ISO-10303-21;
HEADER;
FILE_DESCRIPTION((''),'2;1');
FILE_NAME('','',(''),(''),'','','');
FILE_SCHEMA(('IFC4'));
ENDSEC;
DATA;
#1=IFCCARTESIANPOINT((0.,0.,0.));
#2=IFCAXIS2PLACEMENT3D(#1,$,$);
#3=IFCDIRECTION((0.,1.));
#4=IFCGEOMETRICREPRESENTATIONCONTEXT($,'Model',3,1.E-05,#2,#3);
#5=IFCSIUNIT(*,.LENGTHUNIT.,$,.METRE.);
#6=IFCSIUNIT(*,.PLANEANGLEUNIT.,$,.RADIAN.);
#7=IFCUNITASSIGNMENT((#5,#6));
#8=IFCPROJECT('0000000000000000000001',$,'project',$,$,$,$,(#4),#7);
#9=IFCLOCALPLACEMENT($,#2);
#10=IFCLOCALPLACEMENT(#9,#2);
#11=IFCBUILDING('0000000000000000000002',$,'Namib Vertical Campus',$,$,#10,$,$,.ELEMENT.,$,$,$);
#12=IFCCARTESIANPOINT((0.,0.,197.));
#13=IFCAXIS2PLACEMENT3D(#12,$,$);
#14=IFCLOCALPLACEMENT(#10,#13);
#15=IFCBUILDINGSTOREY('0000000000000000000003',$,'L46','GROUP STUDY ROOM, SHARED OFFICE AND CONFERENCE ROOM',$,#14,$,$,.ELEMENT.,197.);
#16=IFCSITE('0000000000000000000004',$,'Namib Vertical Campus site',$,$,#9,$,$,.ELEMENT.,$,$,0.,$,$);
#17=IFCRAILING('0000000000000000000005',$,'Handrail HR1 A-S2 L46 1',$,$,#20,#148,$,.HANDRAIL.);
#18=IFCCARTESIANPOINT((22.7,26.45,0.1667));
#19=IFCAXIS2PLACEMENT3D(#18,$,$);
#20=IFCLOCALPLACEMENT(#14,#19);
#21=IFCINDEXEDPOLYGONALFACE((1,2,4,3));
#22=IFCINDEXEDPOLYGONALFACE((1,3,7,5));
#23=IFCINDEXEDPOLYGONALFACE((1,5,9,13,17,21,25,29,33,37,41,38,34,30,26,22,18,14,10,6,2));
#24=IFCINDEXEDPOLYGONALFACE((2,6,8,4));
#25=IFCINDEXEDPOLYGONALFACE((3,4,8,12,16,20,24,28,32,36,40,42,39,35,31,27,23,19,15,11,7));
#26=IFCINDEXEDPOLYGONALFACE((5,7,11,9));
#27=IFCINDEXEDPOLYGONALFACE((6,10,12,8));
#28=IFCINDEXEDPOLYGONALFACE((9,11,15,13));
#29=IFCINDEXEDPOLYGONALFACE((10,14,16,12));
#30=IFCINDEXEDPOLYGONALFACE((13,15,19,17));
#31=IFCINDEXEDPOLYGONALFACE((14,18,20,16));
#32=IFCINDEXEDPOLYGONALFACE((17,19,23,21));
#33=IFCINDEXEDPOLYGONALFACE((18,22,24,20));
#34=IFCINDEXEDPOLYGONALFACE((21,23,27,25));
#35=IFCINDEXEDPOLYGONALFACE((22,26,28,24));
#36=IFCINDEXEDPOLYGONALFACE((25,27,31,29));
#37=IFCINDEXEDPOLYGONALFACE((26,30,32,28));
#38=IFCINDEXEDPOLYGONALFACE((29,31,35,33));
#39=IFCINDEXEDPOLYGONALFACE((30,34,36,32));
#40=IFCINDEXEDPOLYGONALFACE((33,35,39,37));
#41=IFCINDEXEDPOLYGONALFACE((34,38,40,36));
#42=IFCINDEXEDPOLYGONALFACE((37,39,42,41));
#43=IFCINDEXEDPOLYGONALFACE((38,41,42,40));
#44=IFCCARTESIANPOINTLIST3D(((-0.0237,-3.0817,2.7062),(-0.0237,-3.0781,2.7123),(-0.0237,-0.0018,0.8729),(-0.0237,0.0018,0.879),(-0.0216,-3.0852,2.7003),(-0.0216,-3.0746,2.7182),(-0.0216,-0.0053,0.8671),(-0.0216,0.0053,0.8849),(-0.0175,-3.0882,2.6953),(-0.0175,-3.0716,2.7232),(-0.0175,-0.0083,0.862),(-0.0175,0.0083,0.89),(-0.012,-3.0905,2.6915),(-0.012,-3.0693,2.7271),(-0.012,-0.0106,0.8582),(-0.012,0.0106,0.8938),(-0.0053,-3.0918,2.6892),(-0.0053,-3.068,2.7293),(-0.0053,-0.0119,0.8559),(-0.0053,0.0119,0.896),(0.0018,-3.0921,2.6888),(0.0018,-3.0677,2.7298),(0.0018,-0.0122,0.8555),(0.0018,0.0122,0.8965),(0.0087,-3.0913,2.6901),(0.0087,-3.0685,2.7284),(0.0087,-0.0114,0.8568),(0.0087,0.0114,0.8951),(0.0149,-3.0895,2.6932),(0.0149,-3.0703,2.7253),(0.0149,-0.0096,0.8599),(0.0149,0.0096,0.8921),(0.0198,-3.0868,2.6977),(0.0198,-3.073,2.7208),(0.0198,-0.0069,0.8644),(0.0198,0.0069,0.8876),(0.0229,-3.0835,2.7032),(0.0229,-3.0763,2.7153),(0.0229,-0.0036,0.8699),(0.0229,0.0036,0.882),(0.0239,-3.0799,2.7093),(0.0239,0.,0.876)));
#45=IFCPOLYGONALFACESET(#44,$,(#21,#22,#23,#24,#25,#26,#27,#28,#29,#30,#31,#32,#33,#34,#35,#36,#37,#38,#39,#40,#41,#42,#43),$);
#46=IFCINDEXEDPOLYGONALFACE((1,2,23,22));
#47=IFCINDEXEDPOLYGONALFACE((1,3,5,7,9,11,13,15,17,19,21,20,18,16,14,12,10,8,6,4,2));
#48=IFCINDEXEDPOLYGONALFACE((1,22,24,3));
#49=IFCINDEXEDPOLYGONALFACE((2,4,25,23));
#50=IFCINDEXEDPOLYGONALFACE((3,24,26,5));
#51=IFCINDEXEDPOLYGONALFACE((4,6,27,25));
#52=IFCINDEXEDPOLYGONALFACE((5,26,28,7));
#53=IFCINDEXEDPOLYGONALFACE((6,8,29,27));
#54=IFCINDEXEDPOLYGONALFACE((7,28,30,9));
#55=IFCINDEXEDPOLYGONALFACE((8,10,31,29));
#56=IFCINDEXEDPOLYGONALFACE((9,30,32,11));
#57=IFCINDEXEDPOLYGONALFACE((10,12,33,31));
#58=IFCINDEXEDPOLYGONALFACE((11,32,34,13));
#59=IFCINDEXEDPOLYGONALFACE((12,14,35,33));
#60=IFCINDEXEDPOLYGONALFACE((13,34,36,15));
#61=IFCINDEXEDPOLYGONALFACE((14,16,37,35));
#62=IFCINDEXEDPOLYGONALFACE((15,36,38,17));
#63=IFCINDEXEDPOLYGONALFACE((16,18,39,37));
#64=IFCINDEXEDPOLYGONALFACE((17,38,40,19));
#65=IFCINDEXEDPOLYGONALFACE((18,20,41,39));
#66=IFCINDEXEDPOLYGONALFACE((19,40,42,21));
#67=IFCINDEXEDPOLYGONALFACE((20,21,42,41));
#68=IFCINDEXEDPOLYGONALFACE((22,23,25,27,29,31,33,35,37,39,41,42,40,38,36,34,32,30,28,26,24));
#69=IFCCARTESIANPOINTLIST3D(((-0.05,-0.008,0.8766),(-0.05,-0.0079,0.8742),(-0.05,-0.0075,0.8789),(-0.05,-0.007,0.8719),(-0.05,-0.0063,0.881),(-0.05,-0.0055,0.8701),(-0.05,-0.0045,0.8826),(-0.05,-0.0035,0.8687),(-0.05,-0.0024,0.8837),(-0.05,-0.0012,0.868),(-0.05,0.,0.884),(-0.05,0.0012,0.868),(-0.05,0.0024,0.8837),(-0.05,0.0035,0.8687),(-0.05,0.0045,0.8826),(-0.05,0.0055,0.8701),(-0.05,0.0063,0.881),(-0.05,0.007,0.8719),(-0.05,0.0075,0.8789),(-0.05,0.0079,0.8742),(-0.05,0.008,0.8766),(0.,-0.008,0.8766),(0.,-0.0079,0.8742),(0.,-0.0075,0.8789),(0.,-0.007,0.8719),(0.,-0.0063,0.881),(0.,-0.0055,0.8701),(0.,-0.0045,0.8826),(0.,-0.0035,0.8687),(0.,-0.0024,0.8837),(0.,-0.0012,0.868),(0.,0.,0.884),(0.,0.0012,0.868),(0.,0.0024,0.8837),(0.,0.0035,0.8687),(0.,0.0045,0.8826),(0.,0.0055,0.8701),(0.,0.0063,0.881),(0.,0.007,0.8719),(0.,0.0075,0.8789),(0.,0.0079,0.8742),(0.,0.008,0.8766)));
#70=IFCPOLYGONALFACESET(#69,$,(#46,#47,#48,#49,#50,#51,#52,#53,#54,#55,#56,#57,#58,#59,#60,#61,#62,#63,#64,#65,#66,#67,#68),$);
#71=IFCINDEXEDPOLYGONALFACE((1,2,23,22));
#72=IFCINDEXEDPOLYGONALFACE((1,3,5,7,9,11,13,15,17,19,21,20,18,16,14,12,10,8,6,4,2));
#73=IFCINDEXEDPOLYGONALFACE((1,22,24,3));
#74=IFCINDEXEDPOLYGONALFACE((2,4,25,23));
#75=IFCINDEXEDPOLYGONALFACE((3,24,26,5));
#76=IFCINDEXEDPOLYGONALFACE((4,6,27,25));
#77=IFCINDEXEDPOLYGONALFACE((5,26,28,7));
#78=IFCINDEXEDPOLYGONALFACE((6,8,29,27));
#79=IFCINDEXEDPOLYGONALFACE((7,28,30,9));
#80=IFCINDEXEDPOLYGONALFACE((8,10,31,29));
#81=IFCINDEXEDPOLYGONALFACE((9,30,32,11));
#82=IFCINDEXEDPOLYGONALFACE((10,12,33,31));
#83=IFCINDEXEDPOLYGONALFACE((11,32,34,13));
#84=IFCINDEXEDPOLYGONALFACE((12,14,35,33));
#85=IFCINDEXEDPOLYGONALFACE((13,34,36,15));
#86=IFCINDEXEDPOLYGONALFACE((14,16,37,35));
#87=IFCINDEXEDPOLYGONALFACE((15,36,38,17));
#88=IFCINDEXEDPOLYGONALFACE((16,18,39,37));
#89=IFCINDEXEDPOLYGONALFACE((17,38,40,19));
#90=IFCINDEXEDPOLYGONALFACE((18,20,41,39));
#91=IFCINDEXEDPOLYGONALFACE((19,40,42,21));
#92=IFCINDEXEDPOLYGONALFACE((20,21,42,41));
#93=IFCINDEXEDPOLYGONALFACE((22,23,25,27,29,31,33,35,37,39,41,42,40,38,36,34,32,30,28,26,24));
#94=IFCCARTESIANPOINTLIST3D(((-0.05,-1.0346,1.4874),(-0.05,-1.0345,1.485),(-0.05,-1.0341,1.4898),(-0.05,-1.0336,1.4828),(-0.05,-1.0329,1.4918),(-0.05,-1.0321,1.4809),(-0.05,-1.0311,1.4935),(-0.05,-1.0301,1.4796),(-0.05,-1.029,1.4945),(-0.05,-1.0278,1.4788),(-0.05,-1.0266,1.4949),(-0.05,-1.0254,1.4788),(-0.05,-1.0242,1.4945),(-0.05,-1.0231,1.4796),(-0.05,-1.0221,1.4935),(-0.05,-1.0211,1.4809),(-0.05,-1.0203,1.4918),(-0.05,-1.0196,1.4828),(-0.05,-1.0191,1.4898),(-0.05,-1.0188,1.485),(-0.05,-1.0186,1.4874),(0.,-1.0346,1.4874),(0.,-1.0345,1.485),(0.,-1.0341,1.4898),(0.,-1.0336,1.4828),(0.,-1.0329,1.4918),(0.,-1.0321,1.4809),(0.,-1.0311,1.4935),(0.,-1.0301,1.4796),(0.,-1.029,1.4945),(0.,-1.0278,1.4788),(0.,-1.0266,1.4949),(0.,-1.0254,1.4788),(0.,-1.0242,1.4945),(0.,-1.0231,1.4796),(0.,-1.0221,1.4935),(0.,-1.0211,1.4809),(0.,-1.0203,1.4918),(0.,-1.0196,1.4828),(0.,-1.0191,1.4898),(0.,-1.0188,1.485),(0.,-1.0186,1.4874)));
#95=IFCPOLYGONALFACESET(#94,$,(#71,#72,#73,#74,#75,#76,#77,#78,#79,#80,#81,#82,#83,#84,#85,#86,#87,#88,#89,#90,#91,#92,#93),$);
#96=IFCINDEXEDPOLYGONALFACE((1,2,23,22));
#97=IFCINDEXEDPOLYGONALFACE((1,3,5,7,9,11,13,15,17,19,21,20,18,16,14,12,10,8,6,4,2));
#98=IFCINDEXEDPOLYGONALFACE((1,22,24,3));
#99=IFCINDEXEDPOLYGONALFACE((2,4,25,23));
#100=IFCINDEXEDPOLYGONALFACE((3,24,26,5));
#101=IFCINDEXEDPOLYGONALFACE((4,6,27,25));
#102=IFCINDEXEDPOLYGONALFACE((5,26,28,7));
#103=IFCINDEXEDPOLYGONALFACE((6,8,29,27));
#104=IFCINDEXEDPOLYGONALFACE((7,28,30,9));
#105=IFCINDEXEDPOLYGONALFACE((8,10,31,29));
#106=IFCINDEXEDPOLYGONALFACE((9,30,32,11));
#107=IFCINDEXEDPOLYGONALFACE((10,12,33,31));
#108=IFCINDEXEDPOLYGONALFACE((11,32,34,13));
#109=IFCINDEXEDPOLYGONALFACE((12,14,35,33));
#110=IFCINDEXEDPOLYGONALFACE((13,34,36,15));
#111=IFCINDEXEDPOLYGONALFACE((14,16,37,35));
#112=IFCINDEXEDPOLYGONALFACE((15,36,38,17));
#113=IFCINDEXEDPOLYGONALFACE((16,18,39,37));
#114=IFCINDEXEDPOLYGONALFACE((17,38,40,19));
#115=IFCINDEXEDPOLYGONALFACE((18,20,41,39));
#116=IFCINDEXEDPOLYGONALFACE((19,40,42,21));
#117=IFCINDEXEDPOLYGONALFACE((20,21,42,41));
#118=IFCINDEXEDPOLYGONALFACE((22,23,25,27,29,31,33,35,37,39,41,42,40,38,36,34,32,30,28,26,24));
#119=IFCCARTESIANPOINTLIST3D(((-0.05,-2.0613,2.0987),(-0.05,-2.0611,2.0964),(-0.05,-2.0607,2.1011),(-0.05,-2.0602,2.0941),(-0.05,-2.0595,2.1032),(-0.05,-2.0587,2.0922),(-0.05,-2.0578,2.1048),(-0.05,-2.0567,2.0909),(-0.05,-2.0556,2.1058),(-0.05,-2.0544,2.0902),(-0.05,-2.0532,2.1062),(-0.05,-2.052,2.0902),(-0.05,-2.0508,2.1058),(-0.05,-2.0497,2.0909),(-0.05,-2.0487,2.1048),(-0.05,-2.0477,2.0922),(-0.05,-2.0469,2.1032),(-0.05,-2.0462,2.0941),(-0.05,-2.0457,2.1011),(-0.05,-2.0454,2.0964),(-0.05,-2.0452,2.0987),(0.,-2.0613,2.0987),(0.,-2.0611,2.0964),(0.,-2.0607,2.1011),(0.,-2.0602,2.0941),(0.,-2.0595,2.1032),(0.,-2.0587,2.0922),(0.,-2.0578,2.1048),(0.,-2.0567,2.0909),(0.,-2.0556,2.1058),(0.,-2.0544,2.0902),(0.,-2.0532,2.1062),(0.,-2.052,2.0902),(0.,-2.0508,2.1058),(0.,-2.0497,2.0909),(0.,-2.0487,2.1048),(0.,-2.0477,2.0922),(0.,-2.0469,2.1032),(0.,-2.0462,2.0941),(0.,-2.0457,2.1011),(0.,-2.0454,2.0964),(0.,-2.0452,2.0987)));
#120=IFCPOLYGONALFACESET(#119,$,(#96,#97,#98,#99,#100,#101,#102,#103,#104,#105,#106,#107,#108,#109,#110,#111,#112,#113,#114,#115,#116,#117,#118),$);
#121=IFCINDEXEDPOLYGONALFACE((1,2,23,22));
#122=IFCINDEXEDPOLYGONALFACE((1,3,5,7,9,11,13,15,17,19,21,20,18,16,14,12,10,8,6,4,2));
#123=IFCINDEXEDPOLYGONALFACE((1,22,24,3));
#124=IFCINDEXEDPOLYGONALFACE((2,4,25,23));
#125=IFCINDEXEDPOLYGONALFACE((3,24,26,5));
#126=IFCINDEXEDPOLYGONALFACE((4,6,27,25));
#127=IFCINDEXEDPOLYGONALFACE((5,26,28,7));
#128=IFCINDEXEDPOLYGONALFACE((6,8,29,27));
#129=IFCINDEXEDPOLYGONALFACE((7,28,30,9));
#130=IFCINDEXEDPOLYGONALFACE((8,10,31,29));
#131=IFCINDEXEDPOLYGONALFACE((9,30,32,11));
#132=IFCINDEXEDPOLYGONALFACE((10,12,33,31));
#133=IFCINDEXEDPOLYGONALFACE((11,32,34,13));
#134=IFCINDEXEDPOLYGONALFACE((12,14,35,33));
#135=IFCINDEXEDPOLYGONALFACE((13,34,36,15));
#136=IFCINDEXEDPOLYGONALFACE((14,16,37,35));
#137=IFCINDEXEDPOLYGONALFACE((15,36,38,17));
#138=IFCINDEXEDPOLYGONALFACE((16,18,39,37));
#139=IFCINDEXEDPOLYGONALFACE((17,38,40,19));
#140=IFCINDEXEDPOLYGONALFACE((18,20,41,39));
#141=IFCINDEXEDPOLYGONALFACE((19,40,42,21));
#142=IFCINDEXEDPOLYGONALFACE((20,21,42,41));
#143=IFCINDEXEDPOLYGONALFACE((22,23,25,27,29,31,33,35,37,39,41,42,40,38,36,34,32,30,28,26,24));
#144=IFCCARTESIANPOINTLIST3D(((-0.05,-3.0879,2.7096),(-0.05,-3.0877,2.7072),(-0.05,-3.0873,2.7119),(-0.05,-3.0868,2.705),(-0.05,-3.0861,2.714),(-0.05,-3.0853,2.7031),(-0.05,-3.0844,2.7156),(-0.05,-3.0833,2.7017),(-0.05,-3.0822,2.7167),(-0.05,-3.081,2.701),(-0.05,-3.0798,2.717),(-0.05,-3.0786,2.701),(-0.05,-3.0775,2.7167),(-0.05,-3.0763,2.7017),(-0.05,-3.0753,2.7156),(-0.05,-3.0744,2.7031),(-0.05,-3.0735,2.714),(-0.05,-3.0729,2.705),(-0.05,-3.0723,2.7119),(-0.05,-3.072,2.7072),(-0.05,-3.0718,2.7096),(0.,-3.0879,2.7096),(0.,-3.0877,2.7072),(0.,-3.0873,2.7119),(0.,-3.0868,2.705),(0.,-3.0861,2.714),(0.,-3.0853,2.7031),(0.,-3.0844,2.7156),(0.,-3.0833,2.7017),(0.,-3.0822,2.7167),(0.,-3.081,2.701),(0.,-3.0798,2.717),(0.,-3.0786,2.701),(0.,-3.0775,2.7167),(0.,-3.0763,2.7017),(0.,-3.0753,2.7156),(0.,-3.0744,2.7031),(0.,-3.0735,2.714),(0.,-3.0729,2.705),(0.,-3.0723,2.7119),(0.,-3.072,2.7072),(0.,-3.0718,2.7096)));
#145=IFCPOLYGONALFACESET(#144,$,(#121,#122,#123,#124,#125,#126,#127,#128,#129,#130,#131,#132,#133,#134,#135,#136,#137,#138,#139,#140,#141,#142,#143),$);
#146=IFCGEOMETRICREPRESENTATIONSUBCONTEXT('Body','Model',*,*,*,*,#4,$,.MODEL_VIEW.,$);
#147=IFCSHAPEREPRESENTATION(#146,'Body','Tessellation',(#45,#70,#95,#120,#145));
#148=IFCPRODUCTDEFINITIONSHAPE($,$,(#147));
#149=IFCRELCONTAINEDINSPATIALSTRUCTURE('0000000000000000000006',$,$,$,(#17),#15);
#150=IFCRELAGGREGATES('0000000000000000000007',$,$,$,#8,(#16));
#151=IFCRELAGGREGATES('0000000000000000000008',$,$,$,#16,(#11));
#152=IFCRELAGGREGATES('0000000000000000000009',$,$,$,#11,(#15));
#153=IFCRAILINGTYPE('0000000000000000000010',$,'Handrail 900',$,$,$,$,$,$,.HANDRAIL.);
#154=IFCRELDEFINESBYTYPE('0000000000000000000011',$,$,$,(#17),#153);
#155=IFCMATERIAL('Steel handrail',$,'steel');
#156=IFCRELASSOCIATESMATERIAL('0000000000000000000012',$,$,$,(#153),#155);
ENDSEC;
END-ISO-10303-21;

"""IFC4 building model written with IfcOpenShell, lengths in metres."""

from ifc_helpers import new_model, si_unit, direction, frame, origin, origin_2d, place, context, subcontext, project, spatial, circle, extrude, material, type_object, element, save


model = new_model("IFC4")

# Units and contexts
model_context = context("Model", 3, precision=1e-05, world=origin(), true_north=direction((0.0, 1.0)))
body_context = subcontext(model_context, "Body", "Model", "MODEL_VIEW")
ifc_project = project(units=[si_unit("LENGTHUNIT", "METRE"), si_unit("PLANEANGLEUNIT", "RADIAN")], contexts=[model_context])

# Site, building, storey
site_placement = place(None, origin())
site = spatial("IfcSite", under=ifc_project, at=site_placement, Name="Namib Vertical Campus site", CompositionType="ELEMENT", RefElevation=0.0)
building_placement = place(site_placement, origin())
building = spatial("IfcBuilding", under=site, at=building_placement, Name="Namib Vertical Campus", CompositionType="ELEMENT")
storey_placement = place(building_placement, frame((0.0, 0.0, 197.0)))
storey = spatial("IfcBuildingStorey", under=building, at=storey_placement, Name="L46", Description="GROUP STUDY ROOM, SHARED OFFICE AND CONFERENCE ROOM", CompositionType="ELEMENT", Elevation=197.0)

# Railing
ifc_material_1 = material(Name="Steel handrail", Category="steel")
railing_type_1 = type_object("IfcRailingType", Name="Handrail 900", PredefinedType="HANDRAIL", material=ifc_material_1)
railing_1_placement = place(storey_placement, frame((22.7, 26.45, 0.1667)))
element("IfcRailing", 1, at=railing_1_placement, inside=storey, type_object=railing_type_1, Name="Handrail HR1 A-S2 L46 1", PredefinedType="HANDRAIL", context=body_context, shape_type="SweptSolid", body=[
    extrude(circle(Radius=0.0239, at=origin_2d()), frame((0.0, 0.0, 0.876), z_axis=(0.0, -0.859291, 0.511487), x_axis=(1.0, 0.0, 0.0)), (0.0, 0.0, 1.0), 3.5842),
    extrude(circle(Radius=0.0081, at=origin_2d()), frame((0.0, 0.0, 0.876), z_axis=(-1.0, 0.0, 0.0), x_axis=(0.0, 0.0, 1.0)), (0.0, 0.0, 1.0), 0.05),
    extrude(circle(Radius=0.0081, at=origin_2d()), frame((0.0, -1.0266, 1.4868), z_axis=(-1.0, 0.0, 0.0), x_axis=(0.0, 0.0, 1.0)), (0.0, 0.0, 1.0), 0.05),
    extrude(circle(Radius=0.0081, at=origin_2d()), frame((0.0, -2.0532, 2.0981), z_axis=(-1.0, 0.0, 0.0), x_axis=(0.0, 0.0, 1.0)), (0.0, 0.0, 1.0), 0.05),
    extrude(circle(Radius=0.0081, at=origin_2d()), frame((0.0, -3.0798, 2.709), z_axis=(-1.0, 0.0, 0.0), x_axis=(0.0, 0.0, 1.0)), (0.0, 0.0, 1.0), 0.05),
])

save(model, "model.ifc")
